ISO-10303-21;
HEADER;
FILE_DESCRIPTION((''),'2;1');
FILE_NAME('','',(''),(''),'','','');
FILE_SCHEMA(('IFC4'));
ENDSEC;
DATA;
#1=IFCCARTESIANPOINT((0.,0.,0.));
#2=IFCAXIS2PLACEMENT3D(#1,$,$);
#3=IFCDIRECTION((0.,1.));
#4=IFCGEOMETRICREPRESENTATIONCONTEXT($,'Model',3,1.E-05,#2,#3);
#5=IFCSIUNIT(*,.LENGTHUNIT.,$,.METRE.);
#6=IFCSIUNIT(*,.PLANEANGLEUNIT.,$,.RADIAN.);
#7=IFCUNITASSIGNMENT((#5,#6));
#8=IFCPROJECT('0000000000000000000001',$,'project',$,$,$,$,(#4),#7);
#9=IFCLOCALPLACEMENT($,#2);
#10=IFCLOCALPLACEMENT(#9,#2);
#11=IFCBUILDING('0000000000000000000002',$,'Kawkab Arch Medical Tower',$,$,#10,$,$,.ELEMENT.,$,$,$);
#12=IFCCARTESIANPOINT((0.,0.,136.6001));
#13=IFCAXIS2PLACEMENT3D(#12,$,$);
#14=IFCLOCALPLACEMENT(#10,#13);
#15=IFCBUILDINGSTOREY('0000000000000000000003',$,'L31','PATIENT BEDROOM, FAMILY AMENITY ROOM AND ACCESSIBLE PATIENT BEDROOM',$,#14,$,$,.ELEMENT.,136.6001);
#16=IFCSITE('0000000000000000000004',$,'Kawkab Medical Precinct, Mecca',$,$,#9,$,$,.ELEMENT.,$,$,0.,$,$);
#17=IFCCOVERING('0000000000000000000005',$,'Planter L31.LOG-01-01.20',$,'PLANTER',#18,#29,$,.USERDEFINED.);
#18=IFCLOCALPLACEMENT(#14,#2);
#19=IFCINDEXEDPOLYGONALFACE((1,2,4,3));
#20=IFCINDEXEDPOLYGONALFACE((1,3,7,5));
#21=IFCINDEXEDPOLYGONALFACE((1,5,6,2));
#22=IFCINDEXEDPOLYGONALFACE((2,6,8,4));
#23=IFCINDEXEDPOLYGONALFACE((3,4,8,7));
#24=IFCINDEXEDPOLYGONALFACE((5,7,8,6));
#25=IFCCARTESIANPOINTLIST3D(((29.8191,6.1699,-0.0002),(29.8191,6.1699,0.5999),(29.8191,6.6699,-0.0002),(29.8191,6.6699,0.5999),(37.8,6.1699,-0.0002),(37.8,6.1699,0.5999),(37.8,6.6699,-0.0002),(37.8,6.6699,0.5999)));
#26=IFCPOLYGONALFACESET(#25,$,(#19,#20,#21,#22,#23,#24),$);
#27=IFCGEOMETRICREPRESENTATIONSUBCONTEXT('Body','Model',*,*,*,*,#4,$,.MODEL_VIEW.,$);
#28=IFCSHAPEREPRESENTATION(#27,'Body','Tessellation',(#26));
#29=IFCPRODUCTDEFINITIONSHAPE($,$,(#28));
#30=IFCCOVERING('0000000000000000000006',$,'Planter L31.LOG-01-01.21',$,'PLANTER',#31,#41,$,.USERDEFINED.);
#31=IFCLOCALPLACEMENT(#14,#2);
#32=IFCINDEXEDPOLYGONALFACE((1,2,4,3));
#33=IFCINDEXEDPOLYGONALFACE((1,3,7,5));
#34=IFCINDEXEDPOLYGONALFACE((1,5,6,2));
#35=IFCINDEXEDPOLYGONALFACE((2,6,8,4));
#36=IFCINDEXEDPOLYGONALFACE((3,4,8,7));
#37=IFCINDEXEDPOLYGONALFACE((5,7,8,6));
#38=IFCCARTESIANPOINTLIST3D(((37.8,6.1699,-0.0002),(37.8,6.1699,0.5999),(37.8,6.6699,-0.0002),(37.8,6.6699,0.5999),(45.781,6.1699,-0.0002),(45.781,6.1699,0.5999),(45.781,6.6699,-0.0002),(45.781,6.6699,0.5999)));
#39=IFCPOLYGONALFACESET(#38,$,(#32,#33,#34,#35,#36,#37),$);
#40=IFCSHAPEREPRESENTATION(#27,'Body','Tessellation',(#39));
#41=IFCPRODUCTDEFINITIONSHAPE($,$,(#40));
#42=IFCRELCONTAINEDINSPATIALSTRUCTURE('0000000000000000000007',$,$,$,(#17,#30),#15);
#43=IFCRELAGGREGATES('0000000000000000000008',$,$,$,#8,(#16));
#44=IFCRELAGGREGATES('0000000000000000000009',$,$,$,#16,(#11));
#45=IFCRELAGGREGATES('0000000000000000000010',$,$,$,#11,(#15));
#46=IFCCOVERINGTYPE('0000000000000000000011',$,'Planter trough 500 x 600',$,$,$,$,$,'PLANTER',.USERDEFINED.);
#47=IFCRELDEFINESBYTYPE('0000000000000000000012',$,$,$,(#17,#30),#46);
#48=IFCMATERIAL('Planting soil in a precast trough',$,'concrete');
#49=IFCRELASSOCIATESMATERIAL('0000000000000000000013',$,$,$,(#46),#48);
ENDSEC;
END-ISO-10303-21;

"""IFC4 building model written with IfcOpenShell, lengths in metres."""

from ifc_helpers import new_model, si_unit, direction, frame, origin, origin_2d, place, context, subcontext, project, spatial, rectangle, extrude, material, material_profile, profile_set, type_object, element, save


model = new_model("IFC4")

# Units and contexts
model_context = context("Model", 3, precision=1e-05, world=origin(), true_north=direction((0.0, 1.0)))
body_context = subcontext(model_context, "Body", "Model", "MODEL_VIEW")
ifc_project = project(units=[si_unit("LENGTHUNIT", "METRE"), si_unit("PLANEANGLEUNIT", "RADIAN")], contexts=[model_context])

# Site, building, storey
site_placement = place(None, origin())
site = spatial("IfcSite", under=ifc_project, at=site_placement, Name="Kawkab Medical Precinct, Mecca", CompositionType="ELEMENT", RefElevation=0.0)
building_placement = place(site_placement, origin())
building = spatial("IfcBuilding", under=site, at=building_placement, Name="Kawkab Arch Medical Tower", CompositionType="ELEMENT")
storey_placement = place(building_placement, frame((0.0, 0.0, 136.6001)))
storey = spatial("IfcBuildingStorey", under=building, at=storey_placement, Name="L31", Description="PATIENT BEDROOM, FAMILY AMENITY ROOM AND ACCESSIBLE PATIENT BEDROOM", CompositionType="ELEMENT", Elevation=136.6001)

# Coverings
ifc_material_1 = material(Name="Planting soil in a precast trough", Category="concrete")
ifc_material_profile_1 = material_profile(ifc_material_1, rectangle(XDim=0.5, YDim=0.6001, at=origin_2d()), Name="Trough 500x600")
ifc_profile_set_1 = profile_set([ifc_material_profile_1], Name="Planting soil in a precast trough")
covering_type_1 = type_object("IfcCoveringType", Name="Planter trough 500 x 600", ElementType="PLANTER", PredefinedType="USERDEFINED", material=ifc_profile_set_1)
for number, where, z_axis, x_axis, name in (
    (1, (29.8191, 6.4199, 0.2998), (1.0, 0.0, 0.0), (0.0, 1.0, 0.0), "Planter L31.LOG-01-01.20"),
    (2, (37.8, 6.4199, 0.2998), (1.0, 0.0, 0.0), (0.0, 1.0, 0.0), "Planter L31.LOG-01-01.21"),
):
    element("IfcCovering", number, at=place(storey_placement, frame(where, z_axis=z_axis, x_axis=x_axis)), inside=storey, type_object=covering_type_1, Name=name, ObjectType="PLANTER", PredefinedType="USERDEFINED", context=body_context, shape_type="SweptSolid", body=[
        extrude(rectangle(XDim=0.5, YDim=0.6001, at=origin_2d()), origin(), (0.0, 0.0, 1.0), 7.981),
    ])

save(model, "model.ifc")
